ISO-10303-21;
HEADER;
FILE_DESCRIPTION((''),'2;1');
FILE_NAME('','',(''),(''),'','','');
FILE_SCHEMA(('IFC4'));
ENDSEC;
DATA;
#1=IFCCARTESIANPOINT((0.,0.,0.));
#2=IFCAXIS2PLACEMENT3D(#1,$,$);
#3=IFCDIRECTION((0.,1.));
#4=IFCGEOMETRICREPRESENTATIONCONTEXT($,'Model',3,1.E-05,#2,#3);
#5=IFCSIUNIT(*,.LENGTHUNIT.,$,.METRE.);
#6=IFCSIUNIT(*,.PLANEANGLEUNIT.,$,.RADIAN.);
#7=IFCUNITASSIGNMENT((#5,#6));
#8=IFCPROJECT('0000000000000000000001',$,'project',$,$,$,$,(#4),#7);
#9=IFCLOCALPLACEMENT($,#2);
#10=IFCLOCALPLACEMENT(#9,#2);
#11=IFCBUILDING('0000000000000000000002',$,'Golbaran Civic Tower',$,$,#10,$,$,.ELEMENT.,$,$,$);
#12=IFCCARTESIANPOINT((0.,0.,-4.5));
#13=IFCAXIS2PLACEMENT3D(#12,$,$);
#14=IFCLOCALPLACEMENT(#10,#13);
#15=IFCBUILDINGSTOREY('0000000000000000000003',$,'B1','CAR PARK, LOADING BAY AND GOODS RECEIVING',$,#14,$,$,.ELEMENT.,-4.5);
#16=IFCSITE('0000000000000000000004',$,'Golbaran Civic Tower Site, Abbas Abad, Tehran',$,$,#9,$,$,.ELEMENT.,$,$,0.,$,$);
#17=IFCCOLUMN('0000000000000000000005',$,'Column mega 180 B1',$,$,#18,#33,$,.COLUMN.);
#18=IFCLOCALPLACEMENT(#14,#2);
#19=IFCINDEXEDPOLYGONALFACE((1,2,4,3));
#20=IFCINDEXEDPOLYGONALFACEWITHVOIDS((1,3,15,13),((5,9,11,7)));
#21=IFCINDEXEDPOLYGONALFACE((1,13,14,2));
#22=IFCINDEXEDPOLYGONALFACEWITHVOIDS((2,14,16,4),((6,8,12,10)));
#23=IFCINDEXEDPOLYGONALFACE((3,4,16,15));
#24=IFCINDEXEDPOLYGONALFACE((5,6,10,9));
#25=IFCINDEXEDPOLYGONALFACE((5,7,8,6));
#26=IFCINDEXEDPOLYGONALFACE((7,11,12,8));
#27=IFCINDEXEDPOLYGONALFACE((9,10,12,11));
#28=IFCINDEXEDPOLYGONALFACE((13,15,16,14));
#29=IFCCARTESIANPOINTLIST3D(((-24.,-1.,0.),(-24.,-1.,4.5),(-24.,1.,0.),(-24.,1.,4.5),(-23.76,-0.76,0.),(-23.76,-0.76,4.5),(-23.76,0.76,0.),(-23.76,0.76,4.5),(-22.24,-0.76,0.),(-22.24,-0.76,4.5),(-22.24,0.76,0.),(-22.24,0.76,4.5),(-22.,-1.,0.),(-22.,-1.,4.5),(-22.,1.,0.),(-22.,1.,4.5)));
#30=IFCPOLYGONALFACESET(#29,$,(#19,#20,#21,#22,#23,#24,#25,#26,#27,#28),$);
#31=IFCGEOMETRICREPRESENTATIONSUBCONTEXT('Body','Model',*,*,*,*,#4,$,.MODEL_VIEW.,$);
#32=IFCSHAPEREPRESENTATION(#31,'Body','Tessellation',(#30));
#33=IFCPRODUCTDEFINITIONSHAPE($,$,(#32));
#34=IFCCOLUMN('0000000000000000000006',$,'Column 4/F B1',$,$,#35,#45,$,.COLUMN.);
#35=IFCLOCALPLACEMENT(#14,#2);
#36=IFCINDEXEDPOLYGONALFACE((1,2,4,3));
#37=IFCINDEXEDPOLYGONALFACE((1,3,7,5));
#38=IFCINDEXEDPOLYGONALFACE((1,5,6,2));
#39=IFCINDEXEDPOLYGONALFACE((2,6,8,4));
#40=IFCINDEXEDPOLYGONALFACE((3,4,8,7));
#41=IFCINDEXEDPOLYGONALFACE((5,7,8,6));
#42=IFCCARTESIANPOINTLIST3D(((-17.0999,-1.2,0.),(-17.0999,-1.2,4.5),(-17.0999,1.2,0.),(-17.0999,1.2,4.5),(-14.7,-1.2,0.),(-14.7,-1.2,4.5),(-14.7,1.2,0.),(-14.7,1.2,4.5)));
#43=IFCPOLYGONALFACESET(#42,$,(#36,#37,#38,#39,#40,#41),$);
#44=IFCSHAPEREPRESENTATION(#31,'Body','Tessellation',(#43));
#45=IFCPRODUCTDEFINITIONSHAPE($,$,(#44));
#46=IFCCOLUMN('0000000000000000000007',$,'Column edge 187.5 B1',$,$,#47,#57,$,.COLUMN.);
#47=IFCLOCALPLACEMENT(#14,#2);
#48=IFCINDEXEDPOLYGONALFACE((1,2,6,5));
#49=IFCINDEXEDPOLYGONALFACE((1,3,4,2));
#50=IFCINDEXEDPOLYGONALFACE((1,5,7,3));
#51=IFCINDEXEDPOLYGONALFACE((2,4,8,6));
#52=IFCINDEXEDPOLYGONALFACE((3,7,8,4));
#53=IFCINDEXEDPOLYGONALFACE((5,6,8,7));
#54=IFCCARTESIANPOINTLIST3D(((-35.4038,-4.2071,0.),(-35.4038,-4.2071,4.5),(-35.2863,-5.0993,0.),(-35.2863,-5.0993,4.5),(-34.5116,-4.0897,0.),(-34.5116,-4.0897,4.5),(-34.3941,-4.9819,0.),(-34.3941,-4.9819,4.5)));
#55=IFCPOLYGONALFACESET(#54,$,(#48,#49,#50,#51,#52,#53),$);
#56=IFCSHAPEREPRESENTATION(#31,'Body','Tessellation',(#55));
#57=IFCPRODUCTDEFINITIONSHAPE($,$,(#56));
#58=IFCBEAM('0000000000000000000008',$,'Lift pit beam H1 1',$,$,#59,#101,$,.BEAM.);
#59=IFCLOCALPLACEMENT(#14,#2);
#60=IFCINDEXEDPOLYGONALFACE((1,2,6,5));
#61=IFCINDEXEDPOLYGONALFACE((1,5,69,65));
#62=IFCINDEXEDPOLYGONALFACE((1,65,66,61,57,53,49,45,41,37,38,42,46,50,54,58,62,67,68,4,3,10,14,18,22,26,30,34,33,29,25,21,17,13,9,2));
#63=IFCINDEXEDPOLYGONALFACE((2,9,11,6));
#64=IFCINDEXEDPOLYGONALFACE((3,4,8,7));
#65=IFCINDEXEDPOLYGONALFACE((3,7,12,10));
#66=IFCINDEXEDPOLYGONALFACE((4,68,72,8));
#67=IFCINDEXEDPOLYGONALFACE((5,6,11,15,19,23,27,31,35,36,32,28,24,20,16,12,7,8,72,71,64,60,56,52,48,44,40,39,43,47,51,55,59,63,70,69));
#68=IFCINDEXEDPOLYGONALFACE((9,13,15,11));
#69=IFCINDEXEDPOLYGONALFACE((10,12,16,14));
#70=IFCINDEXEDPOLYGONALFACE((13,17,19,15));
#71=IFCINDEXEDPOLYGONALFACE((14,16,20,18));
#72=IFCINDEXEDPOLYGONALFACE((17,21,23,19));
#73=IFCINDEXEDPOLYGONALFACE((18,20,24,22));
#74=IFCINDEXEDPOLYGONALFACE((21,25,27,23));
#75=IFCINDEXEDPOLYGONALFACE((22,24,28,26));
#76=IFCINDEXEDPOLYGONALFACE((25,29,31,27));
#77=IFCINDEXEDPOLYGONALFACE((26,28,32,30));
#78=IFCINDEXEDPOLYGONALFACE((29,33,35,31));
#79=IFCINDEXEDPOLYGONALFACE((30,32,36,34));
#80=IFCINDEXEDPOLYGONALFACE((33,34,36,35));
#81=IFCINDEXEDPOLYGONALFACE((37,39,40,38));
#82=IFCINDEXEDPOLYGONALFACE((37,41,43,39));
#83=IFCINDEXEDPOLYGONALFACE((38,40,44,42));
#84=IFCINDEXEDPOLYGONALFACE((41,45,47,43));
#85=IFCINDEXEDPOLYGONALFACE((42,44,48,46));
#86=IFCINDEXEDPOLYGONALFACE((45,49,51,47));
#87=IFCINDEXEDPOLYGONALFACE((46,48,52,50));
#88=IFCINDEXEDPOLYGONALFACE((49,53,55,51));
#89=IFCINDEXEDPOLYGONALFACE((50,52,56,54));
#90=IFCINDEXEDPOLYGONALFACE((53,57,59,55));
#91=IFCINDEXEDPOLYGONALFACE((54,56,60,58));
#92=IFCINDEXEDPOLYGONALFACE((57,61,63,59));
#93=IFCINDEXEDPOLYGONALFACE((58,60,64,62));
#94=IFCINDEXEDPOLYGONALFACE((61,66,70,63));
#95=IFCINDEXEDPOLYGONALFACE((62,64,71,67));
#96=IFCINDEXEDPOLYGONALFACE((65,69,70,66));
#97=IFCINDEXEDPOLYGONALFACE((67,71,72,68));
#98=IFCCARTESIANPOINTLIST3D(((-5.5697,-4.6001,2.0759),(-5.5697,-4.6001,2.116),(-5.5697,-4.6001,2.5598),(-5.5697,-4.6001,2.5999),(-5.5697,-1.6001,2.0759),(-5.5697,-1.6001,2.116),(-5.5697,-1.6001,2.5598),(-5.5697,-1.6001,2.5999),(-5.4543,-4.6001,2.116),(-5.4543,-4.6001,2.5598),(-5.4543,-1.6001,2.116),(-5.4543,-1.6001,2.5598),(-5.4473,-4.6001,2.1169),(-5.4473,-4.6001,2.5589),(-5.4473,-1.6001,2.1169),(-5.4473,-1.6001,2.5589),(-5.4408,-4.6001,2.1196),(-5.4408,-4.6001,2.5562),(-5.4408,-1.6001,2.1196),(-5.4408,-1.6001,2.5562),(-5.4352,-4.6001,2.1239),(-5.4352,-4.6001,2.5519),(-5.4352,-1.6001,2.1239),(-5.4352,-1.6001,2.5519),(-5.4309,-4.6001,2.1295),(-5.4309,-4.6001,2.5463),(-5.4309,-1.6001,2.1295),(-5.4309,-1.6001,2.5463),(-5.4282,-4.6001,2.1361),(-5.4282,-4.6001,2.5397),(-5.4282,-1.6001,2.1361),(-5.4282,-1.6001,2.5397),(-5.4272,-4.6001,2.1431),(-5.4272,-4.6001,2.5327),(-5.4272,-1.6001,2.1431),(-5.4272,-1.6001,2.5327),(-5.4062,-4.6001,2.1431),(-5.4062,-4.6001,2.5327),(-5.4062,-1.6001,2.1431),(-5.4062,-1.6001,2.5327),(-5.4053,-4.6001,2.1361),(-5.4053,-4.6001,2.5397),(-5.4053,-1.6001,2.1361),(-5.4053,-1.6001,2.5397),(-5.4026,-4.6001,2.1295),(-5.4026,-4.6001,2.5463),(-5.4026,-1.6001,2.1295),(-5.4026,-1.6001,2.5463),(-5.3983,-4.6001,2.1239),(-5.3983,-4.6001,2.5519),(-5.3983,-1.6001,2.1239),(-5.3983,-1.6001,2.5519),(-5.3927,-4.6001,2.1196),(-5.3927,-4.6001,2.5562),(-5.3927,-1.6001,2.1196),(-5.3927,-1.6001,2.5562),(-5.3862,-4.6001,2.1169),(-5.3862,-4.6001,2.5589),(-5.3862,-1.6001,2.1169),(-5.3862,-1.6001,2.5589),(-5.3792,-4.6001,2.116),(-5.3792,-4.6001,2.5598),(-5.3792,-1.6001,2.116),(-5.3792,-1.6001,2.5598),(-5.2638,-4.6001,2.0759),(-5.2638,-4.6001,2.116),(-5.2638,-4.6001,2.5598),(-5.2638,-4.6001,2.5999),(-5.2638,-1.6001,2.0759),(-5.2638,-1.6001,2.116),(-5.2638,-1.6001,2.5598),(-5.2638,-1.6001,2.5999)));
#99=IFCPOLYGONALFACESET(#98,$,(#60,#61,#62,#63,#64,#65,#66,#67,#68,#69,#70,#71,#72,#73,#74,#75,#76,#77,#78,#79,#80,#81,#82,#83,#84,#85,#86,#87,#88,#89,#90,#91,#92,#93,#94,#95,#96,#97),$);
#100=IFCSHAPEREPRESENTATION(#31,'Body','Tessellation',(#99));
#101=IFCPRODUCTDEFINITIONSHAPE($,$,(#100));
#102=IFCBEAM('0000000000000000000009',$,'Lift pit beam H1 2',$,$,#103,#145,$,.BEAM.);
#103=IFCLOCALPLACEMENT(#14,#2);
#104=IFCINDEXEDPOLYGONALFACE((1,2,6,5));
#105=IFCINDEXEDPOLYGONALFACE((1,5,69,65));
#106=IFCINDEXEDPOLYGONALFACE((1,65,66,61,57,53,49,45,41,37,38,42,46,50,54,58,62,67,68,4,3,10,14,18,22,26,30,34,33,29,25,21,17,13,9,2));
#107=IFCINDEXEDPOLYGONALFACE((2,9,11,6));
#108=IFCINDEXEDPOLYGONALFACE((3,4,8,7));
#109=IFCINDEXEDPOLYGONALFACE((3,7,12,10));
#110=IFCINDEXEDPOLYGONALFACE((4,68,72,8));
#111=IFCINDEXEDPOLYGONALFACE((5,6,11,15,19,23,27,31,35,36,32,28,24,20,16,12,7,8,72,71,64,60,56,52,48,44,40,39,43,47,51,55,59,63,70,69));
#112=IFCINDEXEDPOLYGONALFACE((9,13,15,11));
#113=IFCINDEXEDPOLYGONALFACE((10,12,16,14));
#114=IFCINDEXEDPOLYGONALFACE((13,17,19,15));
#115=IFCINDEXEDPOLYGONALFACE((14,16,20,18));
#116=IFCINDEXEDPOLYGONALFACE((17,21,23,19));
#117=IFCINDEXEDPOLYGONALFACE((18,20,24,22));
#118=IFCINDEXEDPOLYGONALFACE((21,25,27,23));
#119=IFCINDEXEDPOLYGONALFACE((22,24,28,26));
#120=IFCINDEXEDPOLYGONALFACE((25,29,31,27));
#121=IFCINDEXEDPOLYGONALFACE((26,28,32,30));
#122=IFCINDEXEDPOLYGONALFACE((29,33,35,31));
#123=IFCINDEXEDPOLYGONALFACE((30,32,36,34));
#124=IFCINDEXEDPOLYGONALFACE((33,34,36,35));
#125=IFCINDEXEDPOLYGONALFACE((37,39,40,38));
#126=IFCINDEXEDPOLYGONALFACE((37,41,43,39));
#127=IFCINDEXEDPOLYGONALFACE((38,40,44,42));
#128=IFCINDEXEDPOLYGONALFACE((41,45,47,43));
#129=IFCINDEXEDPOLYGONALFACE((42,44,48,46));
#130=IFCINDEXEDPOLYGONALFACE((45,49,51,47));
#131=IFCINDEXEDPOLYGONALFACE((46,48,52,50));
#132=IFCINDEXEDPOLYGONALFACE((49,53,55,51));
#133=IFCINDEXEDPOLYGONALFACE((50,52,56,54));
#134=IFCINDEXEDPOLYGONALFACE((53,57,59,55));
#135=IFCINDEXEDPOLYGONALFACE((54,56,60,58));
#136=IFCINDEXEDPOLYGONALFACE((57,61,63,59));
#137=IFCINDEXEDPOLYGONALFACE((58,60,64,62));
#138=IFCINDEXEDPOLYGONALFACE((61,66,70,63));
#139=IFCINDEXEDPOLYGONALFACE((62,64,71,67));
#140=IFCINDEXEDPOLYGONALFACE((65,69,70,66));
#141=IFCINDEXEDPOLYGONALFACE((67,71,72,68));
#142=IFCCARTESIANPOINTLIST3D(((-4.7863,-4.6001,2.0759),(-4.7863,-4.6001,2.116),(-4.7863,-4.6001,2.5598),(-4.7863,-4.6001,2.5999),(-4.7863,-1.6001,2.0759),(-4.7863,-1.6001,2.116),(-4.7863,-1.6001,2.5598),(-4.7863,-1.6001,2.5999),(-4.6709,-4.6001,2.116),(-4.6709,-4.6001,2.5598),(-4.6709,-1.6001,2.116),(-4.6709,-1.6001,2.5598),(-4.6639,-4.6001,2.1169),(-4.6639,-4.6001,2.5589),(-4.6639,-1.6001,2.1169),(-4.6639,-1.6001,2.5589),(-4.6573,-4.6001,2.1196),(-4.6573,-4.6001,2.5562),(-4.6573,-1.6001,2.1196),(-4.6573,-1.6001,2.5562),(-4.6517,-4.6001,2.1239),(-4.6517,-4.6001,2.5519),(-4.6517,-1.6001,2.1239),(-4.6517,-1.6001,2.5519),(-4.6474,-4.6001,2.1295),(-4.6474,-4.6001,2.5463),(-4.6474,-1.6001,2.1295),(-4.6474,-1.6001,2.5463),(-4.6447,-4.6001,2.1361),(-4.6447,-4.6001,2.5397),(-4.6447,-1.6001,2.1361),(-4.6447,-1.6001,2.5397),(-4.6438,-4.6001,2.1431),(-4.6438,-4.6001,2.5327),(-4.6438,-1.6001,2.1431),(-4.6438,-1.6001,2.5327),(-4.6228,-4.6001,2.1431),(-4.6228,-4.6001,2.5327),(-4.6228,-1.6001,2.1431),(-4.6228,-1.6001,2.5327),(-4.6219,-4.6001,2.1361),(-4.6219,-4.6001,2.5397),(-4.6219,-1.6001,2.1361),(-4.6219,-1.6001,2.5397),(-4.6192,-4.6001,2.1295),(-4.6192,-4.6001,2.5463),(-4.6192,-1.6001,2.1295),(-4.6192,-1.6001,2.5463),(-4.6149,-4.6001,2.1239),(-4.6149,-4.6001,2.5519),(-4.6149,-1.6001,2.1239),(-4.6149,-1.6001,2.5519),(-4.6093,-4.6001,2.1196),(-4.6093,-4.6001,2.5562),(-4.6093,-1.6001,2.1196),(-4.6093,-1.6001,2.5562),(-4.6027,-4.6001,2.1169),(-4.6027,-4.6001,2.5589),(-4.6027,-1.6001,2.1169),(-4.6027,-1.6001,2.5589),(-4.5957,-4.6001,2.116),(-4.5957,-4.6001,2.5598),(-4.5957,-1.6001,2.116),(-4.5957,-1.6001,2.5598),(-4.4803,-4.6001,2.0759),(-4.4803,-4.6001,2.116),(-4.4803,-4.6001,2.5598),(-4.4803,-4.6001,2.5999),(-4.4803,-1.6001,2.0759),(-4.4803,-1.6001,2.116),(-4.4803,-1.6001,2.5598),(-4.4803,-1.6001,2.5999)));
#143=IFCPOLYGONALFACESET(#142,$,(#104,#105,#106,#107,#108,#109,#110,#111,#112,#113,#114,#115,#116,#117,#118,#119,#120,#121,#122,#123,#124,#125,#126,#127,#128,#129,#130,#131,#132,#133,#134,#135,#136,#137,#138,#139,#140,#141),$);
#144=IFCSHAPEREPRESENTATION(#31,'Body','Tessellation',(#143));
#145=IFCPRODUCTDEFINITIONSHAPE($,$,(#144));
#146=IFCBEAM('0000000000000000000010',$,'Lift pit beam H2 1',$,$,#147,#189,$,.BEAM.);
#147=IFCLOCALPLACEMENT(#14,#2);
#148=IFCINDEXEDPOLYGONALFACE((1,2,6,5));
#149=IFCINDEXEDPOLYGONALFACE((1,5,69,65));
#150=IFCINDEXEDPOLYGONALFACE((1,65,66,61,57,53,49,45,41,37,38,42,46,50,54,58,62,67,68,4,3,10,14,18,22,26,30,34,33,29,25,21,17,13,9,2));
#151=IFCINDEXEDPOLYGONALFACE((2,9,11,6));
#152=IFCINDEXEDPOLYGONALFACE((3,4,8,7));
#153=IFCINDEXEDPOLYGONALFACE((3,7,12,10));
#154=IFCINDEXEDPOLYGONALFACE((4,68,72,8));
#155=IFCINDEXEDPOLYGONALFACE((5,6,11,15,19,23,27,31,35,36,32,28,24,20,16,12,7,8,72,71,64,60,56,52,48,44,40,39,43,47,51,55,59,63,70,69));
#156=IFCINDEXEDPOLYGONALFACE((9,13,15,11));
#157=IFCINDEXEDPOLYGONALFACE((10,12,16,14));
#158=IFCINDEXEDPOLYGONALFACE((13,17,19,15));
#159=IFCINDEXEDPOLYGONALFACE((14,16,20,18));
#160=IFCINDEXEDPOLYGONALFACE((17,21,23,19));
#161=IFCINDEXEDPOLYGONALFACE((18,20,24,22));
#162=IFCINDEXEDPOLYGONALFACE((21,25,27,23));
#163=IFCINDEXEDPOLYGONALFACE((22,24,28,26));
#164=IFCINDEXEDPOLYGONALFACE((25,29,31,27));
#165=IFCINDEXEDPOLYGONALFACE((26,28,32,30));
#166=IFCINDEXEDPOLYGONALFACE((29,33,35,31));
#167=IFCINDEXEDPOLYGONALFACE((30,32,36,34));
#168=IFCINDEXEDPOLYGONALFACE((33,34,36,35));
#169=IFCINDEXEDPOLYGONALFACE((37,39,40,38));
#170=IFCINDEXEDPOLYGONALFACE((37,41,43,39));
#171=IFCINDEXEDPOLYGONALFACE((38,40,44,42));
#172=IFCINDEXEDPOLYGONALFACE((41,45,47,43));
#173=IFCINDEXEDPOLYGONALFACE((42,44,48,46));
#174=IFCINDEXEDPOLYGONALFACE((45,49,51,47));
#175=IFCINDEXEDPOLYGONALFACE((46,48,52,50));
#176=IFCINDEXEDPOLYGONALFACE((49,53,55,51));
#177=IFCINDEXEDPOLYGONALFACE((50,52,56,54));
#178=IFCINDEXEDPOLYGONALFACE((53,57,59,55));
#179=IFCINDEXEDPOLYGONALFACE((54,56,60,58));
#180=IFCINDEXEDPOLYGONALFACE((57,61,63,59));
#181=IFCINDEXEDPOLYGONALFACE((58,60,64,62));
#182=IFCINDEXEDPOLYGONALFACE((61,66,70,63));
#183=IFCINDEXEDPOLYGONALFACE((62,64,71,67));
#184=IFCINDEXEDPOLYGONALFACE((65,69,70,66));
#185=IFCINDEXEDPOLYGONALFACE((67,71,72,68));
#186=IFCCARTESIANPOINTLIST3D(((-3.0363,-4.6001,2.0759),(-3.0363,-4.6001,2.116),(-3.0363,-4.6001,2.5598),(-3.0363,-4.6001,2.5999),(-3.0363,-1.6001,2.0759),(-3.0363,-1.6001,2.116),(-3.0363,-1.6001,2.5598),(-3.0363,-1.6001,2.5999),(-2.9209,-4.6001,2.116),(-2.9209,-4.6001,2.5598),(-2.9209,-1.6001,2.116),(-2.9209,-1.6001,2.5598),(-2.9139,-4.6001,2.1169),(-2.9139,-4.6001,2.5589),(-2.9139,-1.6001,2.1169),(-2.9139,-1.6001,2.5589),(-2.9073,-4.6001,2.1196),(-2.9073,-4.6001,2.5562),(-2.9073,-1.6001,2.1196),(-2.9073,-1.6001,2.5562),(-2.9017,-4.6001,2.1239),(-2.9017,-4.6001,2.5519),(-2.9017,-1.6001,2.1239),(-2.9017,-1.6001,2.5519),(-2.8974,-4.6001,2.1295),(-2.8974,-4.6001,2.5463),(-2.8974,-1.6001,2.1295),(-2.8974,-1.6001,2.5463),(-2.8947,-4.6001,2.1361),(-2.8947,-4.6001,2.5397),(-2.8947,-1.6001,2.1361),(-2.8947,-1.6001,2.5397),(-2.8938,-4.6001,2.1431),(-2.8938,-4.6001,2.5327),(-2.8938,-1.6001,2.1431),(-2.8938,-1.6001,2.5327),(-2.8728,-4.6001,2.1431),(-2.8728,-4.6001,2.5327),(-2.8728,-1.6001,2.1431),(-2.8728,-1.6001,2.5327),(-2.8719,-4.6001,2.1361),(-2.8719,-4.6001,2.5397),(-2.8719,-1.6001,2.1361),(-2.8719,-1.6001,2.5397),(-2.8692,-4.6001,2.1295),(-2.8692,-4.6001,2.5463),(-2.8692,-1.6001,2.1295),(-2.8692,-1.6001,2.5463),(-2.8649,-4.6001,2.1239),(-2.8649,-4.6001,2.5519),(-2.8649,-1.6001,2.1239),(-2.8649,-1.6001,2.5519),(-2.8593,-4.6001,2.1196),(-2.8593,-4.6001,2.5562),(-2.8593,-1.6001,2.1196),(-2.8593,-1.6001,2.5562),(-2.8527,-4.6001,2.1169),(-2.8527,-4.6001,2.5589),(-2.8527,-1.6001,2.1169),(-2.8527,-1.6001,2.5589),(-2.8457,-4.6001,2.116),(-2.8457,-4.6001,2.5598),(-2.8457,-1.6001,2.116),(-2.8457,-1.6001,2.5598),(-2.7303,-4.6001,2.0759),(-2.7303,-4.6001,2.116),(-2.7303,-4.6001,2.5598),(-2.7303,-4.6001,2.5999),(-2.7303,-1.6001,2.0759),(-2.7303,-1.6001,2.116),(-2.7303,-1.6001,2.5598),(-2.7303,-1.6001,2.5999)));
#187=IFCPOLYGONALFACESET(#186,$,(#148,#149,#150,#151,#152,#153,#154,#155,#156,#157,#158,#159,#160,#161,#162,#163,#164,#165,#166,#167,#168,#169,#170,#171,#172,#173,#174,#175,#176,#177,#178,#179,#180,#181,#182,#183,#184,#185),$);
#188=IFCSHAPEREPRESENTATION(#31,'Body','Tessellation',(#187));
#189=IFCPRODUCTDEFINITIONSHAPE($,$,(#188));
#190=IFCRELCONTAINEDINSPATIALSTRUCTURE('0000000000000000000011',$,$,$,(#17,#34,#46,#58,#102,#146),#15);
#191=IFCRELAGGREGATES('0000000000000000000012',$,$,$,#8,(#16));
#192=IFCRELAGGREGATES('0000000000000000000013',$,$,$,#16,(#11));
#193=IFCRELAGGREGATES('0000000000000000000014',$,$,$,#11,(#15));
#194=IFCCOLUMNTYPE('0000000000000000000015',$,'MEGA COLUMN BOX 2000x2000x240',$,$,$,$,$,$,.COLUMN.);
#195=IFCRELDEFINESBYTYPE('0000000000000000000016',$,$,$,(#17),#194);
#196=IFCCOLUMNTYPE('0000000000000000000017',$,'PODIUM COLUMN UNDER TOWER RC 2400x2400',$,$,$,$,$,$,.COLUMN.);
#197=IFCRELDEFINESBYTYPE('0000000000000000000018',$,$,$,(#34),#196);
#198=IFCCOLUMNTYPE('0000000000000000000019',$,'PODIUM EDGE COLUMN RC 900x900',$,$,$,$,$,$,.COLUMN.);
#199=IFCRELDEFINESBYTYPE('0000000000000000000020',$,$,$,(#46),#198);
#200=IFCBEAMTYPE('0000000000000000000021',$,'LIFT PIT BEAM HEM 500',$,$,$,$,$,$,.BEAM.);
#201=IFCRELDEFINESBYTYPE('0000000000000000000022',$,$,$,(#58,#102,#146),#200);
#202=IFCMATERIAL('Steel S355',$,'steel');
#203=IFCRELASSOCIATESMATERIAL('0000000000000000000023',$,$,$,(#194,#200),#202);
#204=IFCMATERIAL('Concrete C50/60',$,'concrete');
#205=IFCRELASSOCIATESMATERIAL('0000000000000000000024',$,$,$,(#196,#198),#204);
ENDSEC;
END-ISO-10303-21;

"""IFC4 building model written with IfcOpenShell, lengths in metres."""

from ifc_helpers import new_model, si_unit, direction, frame, origin, origin_2d, place, context, subcontext, project, spatial, rectangle, hollow_rectangle, i_section, extrude, material, material_profile, profile_set, type_object, element, save


model = new_model("IFC4")

# Units and contexts
model_context = context("Model", 3, precision=1e-05, world=origin(), true_north=direction((0.0, 1.0)))
body_context = subcontext(model_context, "Body", "Model", "MODEL_VIEW")
ifc_project = project(units=[si_unit("LENGTHUNIT", "METRE"), si_unit("PLANEANGLEUNIT", "RADIAN")], contexts=[model_context])

# Site, building, storey
site_placement = place(None, origin())
site = spatial("IfcSite", under=ifc_project, at=site_placement, Name="Golbaran Civic Tower Site, Abbas Abad, Tehran", CompositionType="ELEMENT", RefElevation=0.0)
building_placement = place(site_placement, origin())
building = spatial("IfcBuilding", under=site, at=building_placement, Name="Golbaran Civic Tower", CompositionType="ELEMENT")
storey_placement = place(building_placement, frame((0.0, 0.0, -4.5)))
storey = spatial("IfcBuildingStorey", under=building, at=storey_placement, Name="B1", Description="CAR PARK, LOADING BAY AND GOODS RECEIVING", CompositionType="ELEMENT", Elevation=-4.5)

# Columns
ifc_material_1 = material(Name="Steel S355", Category="steel")
ifc_material_profile_1 = material_profile(ifc_material_1, hollow_rectangle(XDim=2.0, YDim=2.0, WallThickness=0.24, at=origin_2d()), Name="BOX 2000x2000x240")
ifc_profile_set_1 = profile_set([ifc_material_profile_1], Name="Steel S355")
column_type_1 = type_object("IfcColumnType", Name="MEGA COLUMN BOX 2000x2000x240", PredefinedType="COLUMN", material=ifc_profile_set_1)
column_1_placement = place(storey_placement, frame((-23.0, 0.0, 0.0), z_axis=(0.0, 0.0, 1.0), x_axis=(-1.0, 0.0, 0.0)))
element("IfcColumn", 1, at=column_1_placement, inside=storey, type_object=column_type_1, Name="Column mega 180 B1", PredefinedType="COLUMN", context=body_context, shape_type="SweptSolid", body=[
    extrude(hollow_rectangle(XDim=2.0, YDim=2.0, WallThickness=0.24, at=origin_2d()), origin(), (0.0, 0.0, 1.0), 4.5),
])
ifc_material_2 = material(Name="Concrete C50/60", Category="concrete")
ifc_material_profile_2 = material_profile(ifc_material_2, rectangle(XDim=2.3999, YDim=2.3999, at=origin_2d()), Name="RC 2400x2400")
ifc_profile_set_2 = profile_set([ifc_material_profile_2], Name="Concrete C50/60")
column_type_2 = type_object("IfcColumnType", Name="PODIUM COLUMN UNDER TOWER RC 2400x2400", PredefinedType="COLUMN", material=ifc_profile_set_2)
column_2_placement = place(storey_placement, frame((-15.8999, 0.0, 0.0), z_axis=(0.0, 0.0, 1.0), x_axis=(1.0, 0.0, 0.0)))
element("IfcColumn", 2, at=column_2_placement, inside=storey, type_object=column_type_2, Name="Column 4/F B1", PredefinedType="COLUMN", context=body_context, shape_type="SweptSolid", body=[
    extrude(rectangle(XDim=2.3999, YDim=2.3999, at=origin_2d()), origin(), (0.0, 0.0, 1.0), 4.5),
])
ifc_material_profile_3 = material_profile(ifc_material_2, rectangle(XDim=0.8999, YDim=0.8999, at=origin_2d()), Name="RC 900x900")
ifc_profile_set_3 = profile_set([ifc_material_profile_3], Name="Concrete C50/60")
column_type_3 = type_object("IfcColumnType", Name="PODIUM EDGE COLUMN RC 900x900", PredefinedType="COLUMN", material=ifc_profile_set_3)
column_3_placement = place(storey_placement, frame((-34.8989, -4.5945, 0.0), z_axis=(0.0, 0.0, 1.0), x_axis=(-0.991445, -0.130526, 0.0)))
element("IfcColumn", 3, at=column_3_placement, inside=storey, type_object=column_type_3, Name="Column edge 187.5 B1", PredefinedType="COLUMN", context=body_context, shape_type="SweptSolid", body=[
    extrude(rectangle(XDim=0.8999, YDim=0.8999, at=origin_2d()), origin(), (0.0, 0.0, 1.0), 4.5),
])

# Beams
ifc_material_profile_4 = material_profile(ifc_material_1, i_section(OverallWidth=0.3059, OverallDepth=0.5239, WebThickness=0.021, FlangeThickness=0.04, FilletRadius=0.0271, at=origin_2d()), Name="HEM 500")
ifc_profile_set_4 = profile_set([ifc_material_profile_4], Name="Steel S355")
beam_type = type_object("IfcBeamType", Name="LIFT PIT BEAM HEM 500", PredefinedType="BEAM", material=ifc_profile_set_4)
for number, where, z_axis, x_axis, name in (
    (4, (-5.4167, -4.6001, 2.3379), (0.0, 1.0, 0.0), (-1.0, 0.0, 0.0), "Lift pit beam H1 1"),
    (5, (-4.6333, -4.6001, 2.3379), (0.0, 1.0, 0.0), (-1.0, 0.0, 0.0), "Lift pit beam H1 2"),
    (6, (-2.8833, -4.6001, 2.3379), (0.0, 1.0, 0.0), (-1.0, 0.0, 0.0), "Lift pit beam H2 1"),
):
    element("IfcBeam", number, at=place(storey_placement, frame(where, z_axis=z_axis, x_axis=x_axis)), inside=storey, type_object=beam_type, Name=name, PredefinedType="BEAM", context=body_context, shape_type="SweptSolid", body=[
        extrude(i_section(OverallWidth=0.3059, OverallDepth=0.5239, WebThickness=0.021, FlangeThickness=0.04, FilletRadius=0.0271, at=origin_2d()), origin(), (0.0, 0.0, 1.0), 3.0),
    ])

save(model, "model.ifc")
